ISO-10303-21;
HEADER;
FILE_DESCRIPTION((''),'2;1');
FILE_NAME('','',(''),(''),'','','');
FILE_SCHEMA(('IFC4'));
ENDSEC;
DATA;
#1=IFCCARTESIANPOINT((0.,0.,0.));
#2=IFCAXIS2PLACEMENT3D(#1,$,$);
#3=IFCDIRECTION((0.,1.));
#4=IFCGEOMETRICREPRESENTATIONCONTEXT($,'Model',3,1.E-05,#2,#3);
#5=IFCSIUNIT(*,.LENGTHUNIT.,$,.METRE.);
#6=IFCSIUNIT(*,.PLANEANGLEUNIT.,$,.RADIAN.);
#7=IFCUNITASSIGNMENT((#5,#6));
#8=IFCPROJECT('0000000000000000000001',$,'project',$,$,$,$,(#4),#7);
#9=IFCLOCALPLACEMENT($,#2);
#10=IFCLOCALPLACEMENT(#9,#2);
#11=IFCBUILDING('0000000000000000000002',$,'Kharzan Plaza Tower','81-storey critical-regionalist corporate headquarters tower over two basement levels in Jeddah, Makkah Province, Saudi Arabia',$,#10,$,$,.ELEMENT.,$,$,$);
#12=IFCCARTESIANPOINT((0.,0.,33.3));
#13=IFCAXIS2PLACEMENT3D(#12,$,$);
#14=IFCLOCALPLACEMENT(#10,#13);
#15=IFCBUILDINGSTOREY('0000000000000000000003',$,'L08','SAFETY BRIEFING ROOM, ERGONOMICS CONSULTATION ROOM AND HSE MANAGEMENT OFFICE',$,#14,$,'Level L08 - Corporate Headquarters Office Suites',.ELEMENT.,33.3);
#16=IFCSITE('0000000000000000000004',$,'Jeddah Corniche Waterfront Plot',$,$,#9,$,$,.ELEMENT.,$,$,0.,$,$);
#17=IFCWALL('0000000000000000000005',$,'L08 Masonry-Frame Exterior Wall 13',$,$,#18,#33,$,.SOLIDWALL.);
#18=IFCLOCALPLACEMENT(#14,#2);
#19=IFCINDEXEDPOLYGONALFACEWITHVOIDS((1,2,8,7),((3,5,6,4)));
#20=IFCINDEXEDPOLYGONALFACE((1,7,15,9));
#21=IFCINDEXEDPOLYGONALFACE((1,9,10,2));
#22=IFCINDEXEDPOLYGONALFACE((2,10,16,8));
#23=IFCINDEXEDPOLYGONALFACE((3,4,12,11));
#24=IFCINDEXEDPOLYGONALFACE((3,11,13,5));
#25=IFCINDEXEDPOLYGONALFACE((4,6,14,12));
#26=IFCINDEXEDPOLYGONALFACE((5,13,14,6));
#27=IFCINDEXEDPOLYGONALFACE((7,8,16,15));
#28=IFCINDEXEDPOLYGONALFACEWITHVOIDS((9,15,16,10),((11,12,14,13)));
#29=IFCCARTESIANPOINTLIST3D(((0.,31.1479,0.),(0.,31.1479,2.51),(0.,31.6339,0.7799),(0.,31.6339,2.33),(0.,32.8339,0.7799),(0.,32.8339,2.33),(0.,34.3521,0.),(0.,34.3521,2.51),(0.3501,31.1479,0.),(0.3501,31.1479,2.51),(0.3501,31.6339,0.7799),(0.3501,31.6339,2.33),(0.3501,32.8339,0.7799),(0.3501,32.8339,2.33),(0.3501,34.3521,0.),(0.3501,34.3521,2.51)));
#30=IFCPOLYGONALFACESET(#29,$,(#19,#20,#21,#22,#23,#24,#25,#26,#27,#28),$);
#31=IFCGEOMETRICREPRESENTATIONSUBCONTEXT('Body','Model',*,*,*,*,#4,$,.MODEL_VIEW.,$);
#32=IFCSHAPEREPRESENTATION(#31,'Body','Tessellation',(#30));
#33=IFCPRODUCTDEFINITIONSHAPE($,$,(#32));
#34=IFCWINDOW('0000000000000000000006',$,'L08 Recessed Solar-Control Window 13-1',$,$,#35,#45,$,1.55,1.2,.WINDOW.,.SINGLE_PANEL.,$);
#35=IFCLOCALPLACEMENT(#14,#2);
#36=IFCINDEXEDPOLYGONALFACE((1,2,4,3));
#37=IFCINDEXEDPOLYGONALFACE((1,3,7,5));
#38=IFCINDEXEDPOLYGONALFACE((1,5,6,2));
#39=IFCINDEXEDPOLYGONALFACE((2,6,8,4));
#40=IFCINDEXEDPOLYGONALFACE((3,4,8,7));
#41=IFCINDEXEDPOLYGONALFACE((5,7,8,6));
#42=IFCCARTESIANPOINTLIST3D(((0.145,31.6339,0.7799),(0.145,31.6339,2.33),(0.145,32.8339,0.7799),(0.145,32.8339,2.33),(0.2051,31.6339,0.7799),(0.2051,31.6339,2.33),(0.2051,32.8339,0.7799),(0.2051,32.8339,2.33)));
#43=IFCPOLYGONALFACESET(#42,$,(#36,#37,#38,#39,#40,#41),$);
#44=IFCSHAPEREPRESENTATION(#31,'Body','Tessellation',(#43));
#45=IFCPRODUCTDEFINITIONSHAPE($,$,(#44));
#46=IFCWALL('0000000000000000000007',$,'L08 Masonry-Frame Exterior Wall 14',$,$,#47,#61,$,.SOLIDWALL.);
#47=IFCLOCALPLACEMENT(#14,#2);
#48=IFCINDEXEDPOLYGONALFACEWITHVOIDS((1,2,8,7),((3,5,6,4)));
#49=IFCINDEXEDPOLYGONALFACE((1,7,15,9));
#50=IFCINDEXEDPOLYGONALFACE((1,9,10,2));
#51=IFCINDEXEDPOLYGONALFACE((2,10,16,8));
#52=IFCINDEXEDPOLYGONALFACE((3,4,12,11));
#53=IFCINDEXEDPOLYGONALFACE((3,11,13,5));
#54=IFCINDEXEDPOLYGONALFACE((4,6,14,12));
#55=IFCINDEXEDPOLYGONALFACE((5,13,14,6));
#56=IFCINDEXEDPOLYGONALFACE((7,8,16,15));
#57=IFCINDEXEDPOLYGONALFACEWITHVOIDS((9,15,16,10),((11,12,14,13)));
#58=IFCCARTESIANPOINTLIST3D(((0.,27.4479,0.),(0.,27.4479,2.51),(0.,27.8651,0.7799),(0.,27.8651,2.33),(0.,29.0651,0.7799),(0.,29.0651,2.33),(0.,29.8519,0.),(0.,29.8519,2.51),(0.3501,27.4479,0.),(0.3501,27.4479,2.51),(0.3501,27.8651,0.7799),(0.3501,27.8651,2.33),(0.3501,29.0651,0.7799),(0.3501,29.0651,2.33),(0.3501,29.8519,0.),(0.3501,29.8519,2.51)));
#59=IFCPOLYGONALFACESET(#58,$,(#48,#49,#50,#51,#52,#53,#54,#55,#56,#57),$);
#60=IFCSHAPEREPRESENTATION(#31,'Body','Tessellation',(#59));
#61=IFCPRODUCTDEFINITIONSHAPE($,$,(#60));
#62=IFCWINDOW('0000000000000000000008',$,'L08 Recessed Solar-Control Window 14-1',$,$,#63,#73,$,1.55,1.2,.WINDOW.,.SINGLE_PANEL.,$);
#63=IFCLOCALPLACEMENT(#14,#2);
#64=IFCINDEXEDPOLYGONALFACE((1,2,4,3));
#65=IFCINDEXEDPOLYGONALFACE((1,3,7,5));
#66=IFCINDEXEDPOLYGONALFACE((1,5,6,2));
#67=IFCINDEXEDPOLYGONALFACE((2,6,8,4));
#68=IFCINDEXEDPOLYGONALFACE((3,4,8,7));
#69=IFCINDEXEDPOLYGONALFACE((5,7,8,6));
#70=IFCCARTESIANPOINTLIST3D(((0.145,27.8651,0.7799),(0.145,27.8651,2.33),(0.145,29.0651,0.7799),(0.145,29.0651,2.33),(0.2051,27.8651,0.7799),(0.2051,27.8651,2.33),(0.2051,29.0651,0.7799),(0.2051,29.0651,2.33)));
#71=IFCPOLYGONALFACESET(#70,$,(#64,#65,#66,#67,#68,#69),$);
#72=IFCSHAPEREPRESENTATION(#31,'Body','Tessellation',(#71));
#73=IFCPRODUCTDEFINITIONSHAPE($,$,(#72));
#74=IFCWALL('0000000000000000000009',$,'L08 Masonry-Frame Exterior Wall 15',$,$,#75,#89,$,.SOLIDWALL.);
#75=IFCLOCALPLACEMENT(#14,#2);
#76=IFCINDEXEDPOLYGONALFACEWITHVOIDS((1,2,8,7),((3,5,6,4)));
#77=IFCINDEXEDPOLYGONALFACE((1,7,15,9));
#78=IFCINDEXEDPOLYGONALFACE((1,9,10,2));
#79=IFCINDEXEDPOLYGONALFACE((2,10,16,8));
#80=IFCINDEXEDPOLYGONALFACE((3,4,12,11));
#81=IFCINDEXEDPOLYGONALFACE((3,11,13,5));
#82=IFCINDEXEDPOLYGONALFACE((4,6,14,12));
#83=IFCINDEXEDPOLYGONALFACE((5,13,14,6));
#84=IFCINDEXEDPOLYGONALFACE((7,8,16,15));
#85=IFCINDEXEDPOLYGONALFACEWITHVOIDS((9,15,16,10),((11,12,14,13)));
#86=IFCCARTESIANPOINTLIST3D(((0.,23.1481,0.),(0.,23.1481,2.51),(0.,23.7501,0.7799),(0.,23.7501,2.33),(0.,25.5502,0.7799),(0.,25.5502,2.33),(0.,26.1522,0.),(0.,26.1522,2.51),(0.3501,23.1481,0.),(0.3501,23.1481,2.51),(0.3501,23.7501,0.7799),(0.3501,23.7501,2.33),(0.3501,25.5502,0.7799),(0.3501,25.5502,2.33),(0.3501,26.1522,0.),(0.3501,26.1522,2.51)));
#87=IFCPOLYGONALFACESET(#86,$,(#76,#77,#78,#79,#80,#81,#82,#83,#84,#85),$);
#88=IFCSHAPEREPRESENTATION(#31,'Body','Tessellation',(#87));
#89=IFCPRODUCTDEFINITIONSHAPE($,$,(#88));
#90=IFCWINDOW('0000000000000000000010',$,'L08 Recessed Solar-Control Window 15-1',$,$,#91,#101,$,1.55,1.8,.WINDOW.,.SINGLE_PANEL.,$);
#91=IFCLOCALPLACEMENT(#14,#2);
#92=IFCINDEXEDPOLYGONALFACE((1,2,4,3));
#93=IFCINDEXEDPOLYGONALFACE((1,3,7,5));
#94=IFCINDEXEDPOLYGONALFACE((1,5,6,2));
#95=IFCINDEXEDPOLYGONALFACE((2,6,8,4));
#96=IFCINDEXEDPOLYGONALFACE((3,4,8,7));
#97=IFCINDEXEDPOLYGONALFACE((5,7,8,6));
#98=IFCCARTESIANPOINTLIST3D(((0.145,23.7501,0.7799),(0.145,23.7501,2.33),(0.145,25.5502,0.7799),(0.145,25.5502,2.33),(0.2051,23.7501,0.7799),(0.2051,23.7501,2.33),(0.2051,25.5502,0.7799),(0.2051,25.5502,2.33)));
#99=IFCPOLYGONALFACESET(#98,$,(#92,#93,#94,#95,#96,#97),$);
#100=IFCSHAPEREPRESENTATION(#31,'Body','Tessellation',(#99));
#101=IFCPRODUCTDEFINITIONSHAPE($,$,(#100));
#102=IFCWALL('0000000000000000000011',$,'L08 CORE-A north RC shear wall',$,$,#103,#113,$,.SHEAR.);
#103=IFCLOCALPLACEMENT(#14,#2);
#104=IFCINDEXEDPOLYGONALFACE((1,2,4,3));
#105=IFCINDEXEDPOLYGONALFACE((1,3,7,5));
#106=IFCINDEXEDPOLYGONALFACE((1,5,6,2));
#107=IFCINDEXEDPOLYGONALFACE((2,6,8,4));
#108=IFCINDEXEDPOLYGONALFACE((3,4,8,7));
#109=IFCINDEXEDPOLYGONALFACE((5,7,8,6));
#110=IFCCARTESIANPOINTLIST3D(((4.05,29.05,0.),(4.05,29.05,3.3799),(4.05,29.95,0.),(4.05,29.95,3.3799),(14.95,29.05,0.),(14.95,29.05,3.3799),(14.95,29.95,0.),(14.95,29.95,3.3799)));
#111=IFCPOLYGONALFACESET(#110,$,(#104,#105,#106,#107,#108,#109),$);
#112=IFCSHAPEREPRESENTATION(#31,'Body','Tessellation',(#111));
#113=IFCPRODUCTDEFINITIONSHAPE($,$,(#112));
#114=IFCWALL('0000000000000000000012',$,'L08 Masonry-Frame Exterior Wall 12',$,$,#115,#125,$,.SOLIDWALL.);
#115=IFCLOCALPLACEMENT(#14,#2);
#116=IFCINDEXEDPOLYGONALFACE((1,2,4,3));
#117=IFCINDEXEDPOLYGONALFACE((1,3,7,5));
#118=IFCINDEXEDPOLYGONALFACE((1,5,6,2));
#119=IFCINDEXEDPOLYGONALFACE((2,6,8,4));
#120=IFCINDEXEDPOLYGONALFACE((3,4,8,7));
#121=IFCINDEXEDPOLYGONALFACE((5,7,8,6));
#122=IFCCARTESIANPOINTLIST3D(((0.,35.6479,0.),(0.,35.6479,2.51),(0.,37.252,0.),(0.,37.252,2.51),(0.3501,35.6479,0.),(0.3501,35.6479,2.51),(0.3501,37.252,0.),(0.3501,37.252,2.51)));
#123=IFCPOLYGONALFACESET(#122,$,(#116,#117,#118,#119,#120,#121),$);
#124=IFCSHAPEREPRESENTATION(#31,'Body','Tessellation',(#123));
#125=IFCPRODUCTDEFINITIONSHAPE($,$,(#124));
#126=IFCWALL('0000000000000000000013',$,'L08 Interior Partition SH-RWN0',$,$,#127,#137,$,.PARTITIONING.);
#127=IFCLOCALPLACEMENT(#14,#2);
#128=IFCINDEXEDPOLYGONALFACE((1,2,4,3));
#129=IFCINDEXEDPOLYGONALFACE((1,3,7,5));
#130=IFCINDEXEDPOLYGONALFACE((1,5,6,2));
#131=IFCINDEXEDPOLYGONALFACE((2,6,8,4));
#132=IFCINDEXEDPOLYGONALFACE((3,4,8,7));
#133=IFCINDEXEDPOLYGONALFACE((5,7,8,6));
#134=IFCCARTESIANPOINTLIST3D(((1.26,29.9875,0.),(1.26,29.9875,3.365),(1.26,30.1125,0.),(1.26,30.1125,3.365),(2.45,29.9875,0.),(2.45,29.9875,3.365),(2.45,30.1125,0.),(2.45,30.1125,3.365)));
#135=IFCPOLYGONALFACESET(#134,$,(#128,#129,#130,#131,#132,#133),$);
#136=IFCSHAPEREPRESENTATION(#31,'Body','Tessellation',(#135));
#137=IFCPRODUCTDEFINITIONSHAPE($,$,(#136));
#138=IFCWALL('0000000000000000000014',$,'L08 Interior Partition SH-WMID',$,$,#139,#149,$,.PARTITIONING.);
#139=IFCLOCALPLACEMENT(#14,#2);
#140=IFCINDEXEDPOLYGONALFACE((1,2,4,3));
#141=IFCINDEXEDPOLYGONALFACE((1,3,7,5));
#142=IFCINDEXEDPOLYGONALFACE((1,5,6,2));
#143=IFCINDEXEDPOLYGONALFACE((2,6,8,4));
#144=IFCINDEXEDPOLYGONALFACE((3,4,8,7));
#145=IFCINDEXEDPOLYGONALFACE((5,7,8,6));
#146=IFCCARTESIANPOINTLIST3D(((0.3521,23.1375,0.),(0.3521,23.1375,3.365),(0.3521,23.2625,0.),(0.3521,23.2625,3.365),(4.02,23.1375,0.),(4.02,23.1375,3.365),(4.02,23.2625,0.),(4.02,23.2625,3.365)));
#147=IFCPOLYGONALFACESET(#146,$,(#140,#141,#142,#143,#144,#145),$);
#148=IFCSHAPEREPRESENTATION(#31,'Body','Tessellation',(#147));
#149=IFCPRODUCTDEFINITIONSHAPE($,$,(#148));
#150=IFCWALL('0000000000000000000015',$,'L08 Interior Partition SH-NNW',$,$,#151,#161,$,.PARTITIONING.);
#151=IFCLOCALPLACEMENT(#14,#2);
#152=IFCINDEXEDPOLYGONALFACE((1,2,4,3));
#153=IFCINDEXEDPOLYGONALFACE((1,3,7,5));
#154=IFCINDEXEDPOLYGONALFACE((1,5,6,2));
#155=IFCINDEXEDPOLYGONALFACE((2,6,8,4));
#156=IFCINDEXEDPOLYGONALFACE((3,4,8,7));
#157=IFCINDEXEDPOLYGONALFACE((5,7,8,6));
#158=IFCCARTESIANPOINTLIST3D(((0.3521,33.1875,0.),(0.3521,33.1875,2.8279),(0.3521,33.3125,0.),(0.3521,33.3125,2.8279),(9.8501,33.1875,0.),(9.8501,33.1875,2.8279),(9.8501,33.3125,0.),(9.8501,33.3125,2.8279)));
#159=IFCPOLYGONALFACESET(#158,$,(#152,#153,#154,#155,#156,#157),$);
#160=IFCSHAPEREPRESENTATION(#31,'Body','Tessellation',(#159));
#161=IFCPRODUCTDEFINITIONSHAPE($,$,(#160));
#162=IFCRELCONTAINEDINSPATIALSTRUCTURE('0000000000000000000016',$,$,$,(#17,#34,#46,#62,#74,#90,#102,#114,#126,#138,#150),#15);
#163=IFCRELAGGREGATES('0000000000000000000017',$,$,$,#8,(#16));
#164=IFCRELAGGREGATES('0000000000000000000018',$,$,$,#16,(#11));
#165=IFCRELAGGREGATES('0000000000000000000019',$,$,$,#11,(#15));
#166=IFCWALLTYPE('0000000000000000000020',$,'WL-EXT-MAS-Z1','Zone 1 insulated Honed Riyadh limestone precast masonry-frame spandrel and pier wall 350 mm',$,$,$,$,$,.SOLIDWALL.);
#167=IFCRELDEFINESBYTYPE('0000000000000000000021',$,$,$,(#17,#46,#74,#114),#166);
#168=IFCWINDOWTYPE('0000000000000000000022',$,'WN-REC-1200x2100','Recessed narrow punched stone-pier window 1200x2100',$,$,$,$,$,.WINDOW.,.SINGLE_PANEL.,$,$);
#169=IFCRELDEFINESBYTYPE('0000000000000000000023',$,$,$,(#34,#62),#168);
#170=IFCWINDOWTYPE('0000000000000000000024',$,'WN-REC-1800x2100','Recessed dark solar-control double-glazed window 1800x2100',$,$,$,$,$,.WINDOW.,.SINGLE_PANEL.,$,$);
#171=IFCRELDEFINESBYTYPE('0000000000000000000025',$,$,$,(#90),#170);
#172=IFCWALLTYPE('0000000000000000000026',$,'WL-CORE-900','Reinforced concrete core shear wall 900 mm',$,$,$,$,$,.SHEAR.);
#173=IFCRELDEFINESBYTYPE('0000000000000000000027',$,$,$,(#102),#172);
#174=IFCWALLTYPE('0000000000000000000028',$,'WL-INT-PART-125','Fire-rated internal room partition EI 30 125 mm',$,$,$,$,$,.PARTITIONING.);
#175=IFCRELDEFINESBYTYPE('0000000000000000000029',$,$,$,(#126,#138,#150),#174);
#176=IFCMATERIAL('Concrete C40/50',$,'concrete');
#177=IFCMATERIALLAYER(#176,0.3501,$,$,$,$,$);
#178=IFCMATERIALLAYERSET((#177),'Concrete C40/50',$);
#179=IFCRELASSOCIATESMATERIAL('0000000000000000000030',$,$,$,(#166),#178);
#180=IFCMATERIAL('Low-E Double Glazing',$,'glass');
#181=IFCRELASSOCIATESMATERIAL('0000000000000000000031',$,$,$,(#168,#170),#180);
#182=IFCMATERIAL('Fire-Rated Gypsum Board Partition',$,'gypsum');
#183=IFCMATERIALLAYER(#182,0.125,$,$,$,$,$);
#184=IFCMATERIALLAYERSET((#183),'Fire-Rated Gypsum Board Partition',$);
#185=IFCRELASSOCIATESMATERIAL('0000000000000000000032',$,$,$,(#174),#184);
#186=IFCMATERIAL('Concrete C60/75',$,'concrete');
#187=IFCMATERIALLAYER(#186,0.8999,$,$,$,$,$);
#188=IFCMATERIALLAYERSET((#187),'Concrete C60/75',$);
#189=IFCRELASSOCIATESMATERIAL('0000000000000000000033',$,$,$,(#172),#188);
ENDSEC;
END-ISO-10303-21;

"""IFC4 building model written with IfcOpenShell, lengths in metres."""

from ifc_helpers import new_model, si_unit, direction, frame, frame_2d, origin, place, context, subcontext, project, spatial, rectangle, extrude, source, transform, mapped, material, layer, layer_set, type_object, element, fill, save


model = new_model("IFC4")

# Units and contexts
model_context = context("Model", 3, precision=1e-05, world=origin(), true_north=direction((0.0, 1.0)))
body_context = subcontext(model_context, "Body", "Model", "MODEL_VIEW")
ifc_project = project(units=[si_unit("LENGTHUNIT", "METRE"), si_unit("PLANEANGLEUNIT", "RADIAN")], contexts=[model_context])

# Site, building, storey
site_placement = place(None, origin())
site = spatial("IfcSite", under=ifc_project, at=site_placement, Name="Jeddah Corniche Waterfront Plot", CompositionType="ELEMENT", RefElevation=0.0)
building_placement = place(site_placement, origin())
building = spatial("IfcBuilding", under=site, at=building_placement, Name="Kharzan Plaza Tower", Description="81-storey critical-regionalist corporate headquarters tower over two basement levels in Jeddah, Makkah Province, Saudi Arabia", CompositionType="ELEMENT")
storey_placement = place(building_placement, frame((0.0, 0.0, 33.3)))
storey = spatial("IfcBuildingStorey", under=building, at=storey_placement, Name="L08", Description="SAFETY BRIEFING ROOM, ERGONOMICS CONSULTATION ROOM AND HSE MANAGEMENT OFFICE", LongName="Level L08 - Corporate Headquarters Office Suites", CompositionType="ELEMENT", Elevation=33.3)

# Shared definitions
ifc_material_1 = material(Name="Concrete C60/75", Category="concrete")

# Walls, openings, windows
ifc_material_2 = material(Name="Concrete C40/50", Category="concrete")
ifc_layer_1 = layer(ifc_material_2, 0.3501)
ifc_layer_set_1 = layer_set([ifc_layer_1], Name="Concrete C40/50")
wall_type_1 = type_object("IfcWallType", Name="WL-EXT-MAS-Z1", Description="Zone 1 insulated Honed Riyadh limestone precast masonry-frame spandrel and pier wall 350 mm", PredefinedType="SOLIDWALL", material=ifc_layer_set_1)
wall_1_placement = place(storey_placement, frame((0.175, 34.3521, 0.0), z_axis=(0.0, 0.0, 1.0), x_axis=(0.0, -1.0, 0.0)))
wall_1 = element("IfcWall", 1, at=wall_1_placement, inside=storey, type_object=wall_type_1, Name="L08 Masonry-Frame Exterior Wall 13", PredefinedType="SOLIDWALL", context=body_context, shape_type="SweptSolid", body=[
    extrude(rectangle(XDim=3.2041, YDim=0.3501, at=frame_2d((1.6021, 0.0))), origin(), (0.0, 0.0, 1.0), 2.51),
])
opening_1_placement = place(wall_1_placement, frame((1.5181, 0.0, 0.78)))
opening_1 = element("IfcOpeningElement", 2, at=opening_1_placement, cuts=wall_1, PredefinedType="OPENING", context=body_context, shape_type="SweptSolid", body=[
    extrude(rectangle(XDim=1.2, YDim=1.55, at=frame_2d((0.6001, 0.7749))), frame((0.0, 0.1851, 0.0), z_axis=(0.0, -1.0, 0.0), x_axis=(1.0, 0.0, 0.0)), (0.0, 0.0, 1.0), 0.3701),
])
ifc_material_3 = material(Name="Low-E Double Glazing", Category="glass")
window_type_1 = type_object("IfcWindowType", Name="WN-REC-1200x2100", Description="Recessed narrow punched stone-pier window 1200x2100", PartitioningType="SINGLE_PANEL", PredefinedType="WINDOW", material=ifc_material_3)
shared_shape_1 = source(origin(), body_context, "Body", "SweptSolid", [
    extrude(rectangle(XDim=1.2, YDim=1.55, at=frame_2d((0.6001, 0.7749))), frame((0.0, 0.03, 0.0), z_axis=(0.0, -1.0, 0.0), x_axis=(1.0, 0.0, 0.0)), (0.0, 0.0, 1.0), 0.0601),
])
window_1_placement = place(opening_1_placement, origin())
window_1 = element("IfcWindow", 3, at=window_1_placement, inside=storey, type_object=window_type_1, Name="L08 Recessed Solar-Control Window 13-1", OverallHeight=1.55, OverallWidth=1.2, PartitioningType="SINGLE_PANEL", PredefinedType="WINDOW", context=body_context, shape_type="MappedRepresentation", body=[
    mapped(shared_shape_1, transform((0.0, 0.0, 0.0), x_axis=(1.0, 0.0, 0.0), y_axis=(0.0, 1.0, 0.0), z_axis=(0.0, 0.0, 1.0))),
])
fill(opening_1, window_1)
wall_2_placement = place(storey_placement, frame((0.175, 29.8521, 0.0), z_axis=(0.0, 0.0, 1.0), x_axis=(0.0, -1.0, 0.0)))
wall_2 = element("IfcWall", 4, at=wall_2_placement, inside=storey, type_object=wall_type_1, Name="L08 Masonry-Frame Exterior Wall 14", PredefinedType="SOLIDWALL", context=body_context, shape_type="SweptSolid", body=[
    extrude(rectangle(XDim=2.4041, YDim=0.3501, at=frame_2d((1.2021, 0.0))), origin(), (0.0, 0.0, 1.0), 2.51),
])
opening_2_placement = place(wall_2_placement, frame((0.7869, 0.0, 0.78)))
opening_2 = element("IfcOpeningElement", 5, at=opening_2_placement, cuts=wall_2, PredefinedType="OPENING", context=body_context, shape_type="SweptSolid", body=[
    extrude(rectangle(XDim=1.2, YDim=1.55, at=frame_2d((0.6001, 0.7749))), frame((0.0, 0.1851, 0.0), z_axis=(0.0, -1.0, 0.0), x_axis=(1.0, 0.0, 0.0)), (0.0, 0.0, 1.0), 0.3701),
])
window_2_placement = place(opening_2_placement, origin())
window_2 = element("IfcWindow", 6, at=window_2_placement, inside=storey, type_object=window_type_1, Name="L08 Recessed Solar-Control Window 14-1", OverallHeight=1.55, OverallWidth=1.2, PartitioningType="SINGLE_PANEL", PredefinedType="WINDOW", context=body_context, shape_type="MappedRepresentation", body=[
    mapped(shared_shape_1, transform((0.0, 0.0, 0.0), x_axis=(1.0, 0.0, 0.0), y_axis=(0.0, 1.0, 0.0), z_axis=(0.0, 0.0, 1.0))),
])
fill(opening_2, window_2)
wall_3_placement = place(storey_placement, frame((0.175, 26.1521, 0.0), z_axis=(0.0, 0.0, 1.0), x_axis=(0.0, -1.0, 0.0)))
wall_3 = element("IfcWall", 7, at=wall_3_placement, inside=storey, type_object=wall_type_1, Name="L08 Masonry-Frame Exterior Wall 15", PredefinedType="SOLIDWALL", context=body_context, shape_type="SweptSolid", body=[
    extrude(rectangle(XDim=3.0042, YDim=0.3501, at=frame_2d((1.502, 0.0))), origin(), (0.0, 0.0, 1.0), 2.51),
])
opening_3_placement = place(wall_3_placement, frame((0.6021, 0.0, 0.78)))
opening_3 = element("IfcOpeningElement", 8, at=opening_3_placement, cuts=wall_3, PredefinedType="OPENING", context=body_context, shape_type="SweptSolid", body=[
    extrude(rectangle(XDim=1.8, YDim=1.55, at=frame_2d((0.8999, 0.7749))), frame((0.0, 0.1851, 0.0), z_axis=(0.0, -1.0, 0.0), x_axis=(1.0, 0.0, 0.0)), (0.0, 0.0, 1.0), 0.3701),
])
window_type_2 = type_object("IfcWindowType", Name="WN-REC-1800x2100", Description="Recessed dark solar-control double-glazed window 1800x2100", PartitioningType="SINGLE_PANEL", PredefinedType="WINDOW", material=ifc_material_3)
shared_shape_2 = source(origin(), body_context, "Body", "SweptSolid", [
    extrude(rectangle(XDim=1.8, YDim=1.55, at=frame_2d((0.8999, 0.7749))), frame((0.0, 0.03, 0.0), z_axis=(0.0, -1.0, 0.0), x_axis=(1.0, 0.0, 0.0)), (0.0, 0.0, 1.0), 0.0601),
])
window_3_placement = place(opening_3_placement, origin())
window_3 = element("IfcWindow", 9, at=window_3_placement, inside=storey, type_object=window_type_2, Name="L08 Recessed Solar-Control Window 15-1", OverallHeight=1.55, OverallWidth=1.8, PartitioningType="SINGLE_PANEL", PredefinedType="WINDOW", context=body_context, shape_type="MappedRepresentation", body=[
    mapped(shared_shape_2, transform((0.0, 0.0, 0.0), x_axis=(1.0, 0.0, 0.0), y_axis=(0.0, 1.0, 0.0), z_axis=(0.0, 0.0, 1.0))),
])
fill(opening_3, window_3)

# Shared definitions
ifc_material_4 = material(Name="Fire-Rated Gypsum Board Partition", Category="gypsum")
ifc_layer_2 = layer(ifc_material_4, 0.125)
ifc_layer_set_2 = layer_set([ifc_layer_2], Name="Fire-Rated Gypsum Board Partition")
wall_type_2 = type_object("IfcWallType", Name="WL-INT-PART-125", Description="Fire-rated internal room partition EI 30 125 mm", PredefinedType="PARTITIONING", material=ifc_layer_set_2)

# Walls
ifc_layer_3 = layer(ifc_material_1, 0.8999)
ifc_layer_set_3 = layer_set([ifc_layer_3], Name="Concrete C60/75")
wall_type_3 = type_object("IfcWallType", Name="WL-CORE-900", Description="Reinforced concrete core shear wall 900 mm", PredefinedType="SHEAR", material=ifc_layer_set_3)
shared_shape_3 = source(origin(), body_context, "Body", "SweptSolid", [
    extrude(rectangle(XDim=10.8999, YDim=0.8999, at=frame_2d((5.45, 0.0))), origin(), (0.0, 0.0, 1.0), 3.3799),
])
wall_4_placement = place(storey_placement, frame((4.05, 29.5, 0.0), z_axis=(0.0, 0.0, 1.0), x_axis=(1.0, 0.0, 0.0)))
element("IfcWall", 10, at=wall_4_placement, inside=storey, type_object=wall_type_3, Name="L08 CORE-A north RC shear wall", PredefinedType="SHEAR", context=body_context, shape_type="MappedRepresentation", body=[
    mapped(shared_shape_3, transform((0.0, 0.0, 0.0), x_axis=(1.0, 0.0, 0.0), y_axis=(0.0, 1.0, 0.0), z_axis=(0.0, 0.0, 1.0))),
])
shared_shape_4 = source(origin(), body_context, "Body", "SweptSolid", [
    extrude(rectangle(XDim=1.604, YDim=0.3501, at=frame_2d((0.802, 0.0))), origin(), (0.0, 0.0, 1.0), 2.51),
])
wall_5_placement = place(storey_placement, frame((0.175, 37.252, 0.0), z_axis=(0.0, 0.0, 1.0), x_axis=(0.0, -1.0, 0.0)))
element("IfcWall", 11, at=wall_5_placement, inside=storey, type_object=wall_type_1, Name="L08 Masonry-Frame Exterior Wall 12", PredefinedType="SOLIDWALL", context=body_context, shape_type="MappedRepresentation", body=[
    mapped(shared_shape_4, transform((0.0, 0.0, 0.0), x_axis=(1.0, 0.0, 0.0), y_axis=(0.0, 1.0, 0.0), z_axis=(0.0, 0.0, 1.0))),
])
shared_shape_5 = source(origin(), body_context, "Body", "SweptSolid", [
    extrude(rectangle(XDim=1.1899, YDim=0.125, at=frame_2d((0.595, 0.0))), origin(), (0.0, 0.0, 1.0), 3.365),
])
wall_6_placement = place(storey_placement, frame((1.26, 30.05, 0.0), z_axis=(0.0, 0.0, 1.0), x_axis=(1.0, 0.0, 0.0)))
element("IfcWall", 12, at=wall_6_placement, inside=storey, type_object=wall_type_2, Name="L08 Interior Partition SH-RWN0", PredefinedType="PARTITIONING", context=body_context, shape_type="MappedRepresentation", body=[
    mapped(shared_shape_5, transform((0.0, 0.0, 0.0), x_axis=(1.0, 0.0, 0.0), y_axis=(0.0, 1.0, 0.0), z_axis=(0.0, 0.0, 1.0))),
])
shared_shape_6 = source(origin(), body_context, "Body", "SweptSolid", [
    extrude(rectangle(XDim=3.668, YDim=0.125, at=frame_2d((1.834, 0.0))), origin(), (0.0, 0.0, 1.0), 3.365),
])
wall_7_placement = place(storey_placement, frame((0.3521, 23.2, 0.0), z_axis=(0.0, 0.0, 1.0), x_axis=(1.0, 0.0, 0.0)))
element("IfcWall", 13, at=wall_7_placement, inside=storey, type_object=wall_type_2, Name="L08 Interior Partition SH-WMID", PredefinedType="PARTITIONING", context=body_context, shape_type="MappedRepresentation", body=[
    mapped(shared_shape_6, transform((0.0, 0.0, 0.0), x_axis=(1.0, 0.0, 0.0), y_axis=(0.0, 1.0, 0.0), z_axis=(0.0, 0.0, 1.0))),
])
shared_shape_7 = source(origin(), body_context, "Body", "SweptSolid", [
    extrude(rectangle(XDim=9.498, YDim=0.125, at=frame_2d((4.749, 0.0))), origin(), (0.0, 0.0, 1.0), 2.8279),
])
wall_8_placement = place(storey_placement, frame((0.3521, 33.25, 0.0), z_axis=(0.0, 0.0, 1.0), x_axis=(1.0, 0.0, 0.0)))
element("IfcWall", 14, at=wall_8_placement, inside=storey, type_object=wall_type_2, Name="L08 Interior Partition SH-NNW", PredefinedType="PARTITIONING", context=body_context, shape_type="MappedRepresentation", body=[
    mapped(shared_shape_7, transform((0.0, 0.0, 0.0), x_axis=(1.0, 0.0, 0.0), y_axis=(0.0, 1.0, 0.0), z_axis=(0.0, 0.0, 1.0))),
])

save(model, "model.ifc")
